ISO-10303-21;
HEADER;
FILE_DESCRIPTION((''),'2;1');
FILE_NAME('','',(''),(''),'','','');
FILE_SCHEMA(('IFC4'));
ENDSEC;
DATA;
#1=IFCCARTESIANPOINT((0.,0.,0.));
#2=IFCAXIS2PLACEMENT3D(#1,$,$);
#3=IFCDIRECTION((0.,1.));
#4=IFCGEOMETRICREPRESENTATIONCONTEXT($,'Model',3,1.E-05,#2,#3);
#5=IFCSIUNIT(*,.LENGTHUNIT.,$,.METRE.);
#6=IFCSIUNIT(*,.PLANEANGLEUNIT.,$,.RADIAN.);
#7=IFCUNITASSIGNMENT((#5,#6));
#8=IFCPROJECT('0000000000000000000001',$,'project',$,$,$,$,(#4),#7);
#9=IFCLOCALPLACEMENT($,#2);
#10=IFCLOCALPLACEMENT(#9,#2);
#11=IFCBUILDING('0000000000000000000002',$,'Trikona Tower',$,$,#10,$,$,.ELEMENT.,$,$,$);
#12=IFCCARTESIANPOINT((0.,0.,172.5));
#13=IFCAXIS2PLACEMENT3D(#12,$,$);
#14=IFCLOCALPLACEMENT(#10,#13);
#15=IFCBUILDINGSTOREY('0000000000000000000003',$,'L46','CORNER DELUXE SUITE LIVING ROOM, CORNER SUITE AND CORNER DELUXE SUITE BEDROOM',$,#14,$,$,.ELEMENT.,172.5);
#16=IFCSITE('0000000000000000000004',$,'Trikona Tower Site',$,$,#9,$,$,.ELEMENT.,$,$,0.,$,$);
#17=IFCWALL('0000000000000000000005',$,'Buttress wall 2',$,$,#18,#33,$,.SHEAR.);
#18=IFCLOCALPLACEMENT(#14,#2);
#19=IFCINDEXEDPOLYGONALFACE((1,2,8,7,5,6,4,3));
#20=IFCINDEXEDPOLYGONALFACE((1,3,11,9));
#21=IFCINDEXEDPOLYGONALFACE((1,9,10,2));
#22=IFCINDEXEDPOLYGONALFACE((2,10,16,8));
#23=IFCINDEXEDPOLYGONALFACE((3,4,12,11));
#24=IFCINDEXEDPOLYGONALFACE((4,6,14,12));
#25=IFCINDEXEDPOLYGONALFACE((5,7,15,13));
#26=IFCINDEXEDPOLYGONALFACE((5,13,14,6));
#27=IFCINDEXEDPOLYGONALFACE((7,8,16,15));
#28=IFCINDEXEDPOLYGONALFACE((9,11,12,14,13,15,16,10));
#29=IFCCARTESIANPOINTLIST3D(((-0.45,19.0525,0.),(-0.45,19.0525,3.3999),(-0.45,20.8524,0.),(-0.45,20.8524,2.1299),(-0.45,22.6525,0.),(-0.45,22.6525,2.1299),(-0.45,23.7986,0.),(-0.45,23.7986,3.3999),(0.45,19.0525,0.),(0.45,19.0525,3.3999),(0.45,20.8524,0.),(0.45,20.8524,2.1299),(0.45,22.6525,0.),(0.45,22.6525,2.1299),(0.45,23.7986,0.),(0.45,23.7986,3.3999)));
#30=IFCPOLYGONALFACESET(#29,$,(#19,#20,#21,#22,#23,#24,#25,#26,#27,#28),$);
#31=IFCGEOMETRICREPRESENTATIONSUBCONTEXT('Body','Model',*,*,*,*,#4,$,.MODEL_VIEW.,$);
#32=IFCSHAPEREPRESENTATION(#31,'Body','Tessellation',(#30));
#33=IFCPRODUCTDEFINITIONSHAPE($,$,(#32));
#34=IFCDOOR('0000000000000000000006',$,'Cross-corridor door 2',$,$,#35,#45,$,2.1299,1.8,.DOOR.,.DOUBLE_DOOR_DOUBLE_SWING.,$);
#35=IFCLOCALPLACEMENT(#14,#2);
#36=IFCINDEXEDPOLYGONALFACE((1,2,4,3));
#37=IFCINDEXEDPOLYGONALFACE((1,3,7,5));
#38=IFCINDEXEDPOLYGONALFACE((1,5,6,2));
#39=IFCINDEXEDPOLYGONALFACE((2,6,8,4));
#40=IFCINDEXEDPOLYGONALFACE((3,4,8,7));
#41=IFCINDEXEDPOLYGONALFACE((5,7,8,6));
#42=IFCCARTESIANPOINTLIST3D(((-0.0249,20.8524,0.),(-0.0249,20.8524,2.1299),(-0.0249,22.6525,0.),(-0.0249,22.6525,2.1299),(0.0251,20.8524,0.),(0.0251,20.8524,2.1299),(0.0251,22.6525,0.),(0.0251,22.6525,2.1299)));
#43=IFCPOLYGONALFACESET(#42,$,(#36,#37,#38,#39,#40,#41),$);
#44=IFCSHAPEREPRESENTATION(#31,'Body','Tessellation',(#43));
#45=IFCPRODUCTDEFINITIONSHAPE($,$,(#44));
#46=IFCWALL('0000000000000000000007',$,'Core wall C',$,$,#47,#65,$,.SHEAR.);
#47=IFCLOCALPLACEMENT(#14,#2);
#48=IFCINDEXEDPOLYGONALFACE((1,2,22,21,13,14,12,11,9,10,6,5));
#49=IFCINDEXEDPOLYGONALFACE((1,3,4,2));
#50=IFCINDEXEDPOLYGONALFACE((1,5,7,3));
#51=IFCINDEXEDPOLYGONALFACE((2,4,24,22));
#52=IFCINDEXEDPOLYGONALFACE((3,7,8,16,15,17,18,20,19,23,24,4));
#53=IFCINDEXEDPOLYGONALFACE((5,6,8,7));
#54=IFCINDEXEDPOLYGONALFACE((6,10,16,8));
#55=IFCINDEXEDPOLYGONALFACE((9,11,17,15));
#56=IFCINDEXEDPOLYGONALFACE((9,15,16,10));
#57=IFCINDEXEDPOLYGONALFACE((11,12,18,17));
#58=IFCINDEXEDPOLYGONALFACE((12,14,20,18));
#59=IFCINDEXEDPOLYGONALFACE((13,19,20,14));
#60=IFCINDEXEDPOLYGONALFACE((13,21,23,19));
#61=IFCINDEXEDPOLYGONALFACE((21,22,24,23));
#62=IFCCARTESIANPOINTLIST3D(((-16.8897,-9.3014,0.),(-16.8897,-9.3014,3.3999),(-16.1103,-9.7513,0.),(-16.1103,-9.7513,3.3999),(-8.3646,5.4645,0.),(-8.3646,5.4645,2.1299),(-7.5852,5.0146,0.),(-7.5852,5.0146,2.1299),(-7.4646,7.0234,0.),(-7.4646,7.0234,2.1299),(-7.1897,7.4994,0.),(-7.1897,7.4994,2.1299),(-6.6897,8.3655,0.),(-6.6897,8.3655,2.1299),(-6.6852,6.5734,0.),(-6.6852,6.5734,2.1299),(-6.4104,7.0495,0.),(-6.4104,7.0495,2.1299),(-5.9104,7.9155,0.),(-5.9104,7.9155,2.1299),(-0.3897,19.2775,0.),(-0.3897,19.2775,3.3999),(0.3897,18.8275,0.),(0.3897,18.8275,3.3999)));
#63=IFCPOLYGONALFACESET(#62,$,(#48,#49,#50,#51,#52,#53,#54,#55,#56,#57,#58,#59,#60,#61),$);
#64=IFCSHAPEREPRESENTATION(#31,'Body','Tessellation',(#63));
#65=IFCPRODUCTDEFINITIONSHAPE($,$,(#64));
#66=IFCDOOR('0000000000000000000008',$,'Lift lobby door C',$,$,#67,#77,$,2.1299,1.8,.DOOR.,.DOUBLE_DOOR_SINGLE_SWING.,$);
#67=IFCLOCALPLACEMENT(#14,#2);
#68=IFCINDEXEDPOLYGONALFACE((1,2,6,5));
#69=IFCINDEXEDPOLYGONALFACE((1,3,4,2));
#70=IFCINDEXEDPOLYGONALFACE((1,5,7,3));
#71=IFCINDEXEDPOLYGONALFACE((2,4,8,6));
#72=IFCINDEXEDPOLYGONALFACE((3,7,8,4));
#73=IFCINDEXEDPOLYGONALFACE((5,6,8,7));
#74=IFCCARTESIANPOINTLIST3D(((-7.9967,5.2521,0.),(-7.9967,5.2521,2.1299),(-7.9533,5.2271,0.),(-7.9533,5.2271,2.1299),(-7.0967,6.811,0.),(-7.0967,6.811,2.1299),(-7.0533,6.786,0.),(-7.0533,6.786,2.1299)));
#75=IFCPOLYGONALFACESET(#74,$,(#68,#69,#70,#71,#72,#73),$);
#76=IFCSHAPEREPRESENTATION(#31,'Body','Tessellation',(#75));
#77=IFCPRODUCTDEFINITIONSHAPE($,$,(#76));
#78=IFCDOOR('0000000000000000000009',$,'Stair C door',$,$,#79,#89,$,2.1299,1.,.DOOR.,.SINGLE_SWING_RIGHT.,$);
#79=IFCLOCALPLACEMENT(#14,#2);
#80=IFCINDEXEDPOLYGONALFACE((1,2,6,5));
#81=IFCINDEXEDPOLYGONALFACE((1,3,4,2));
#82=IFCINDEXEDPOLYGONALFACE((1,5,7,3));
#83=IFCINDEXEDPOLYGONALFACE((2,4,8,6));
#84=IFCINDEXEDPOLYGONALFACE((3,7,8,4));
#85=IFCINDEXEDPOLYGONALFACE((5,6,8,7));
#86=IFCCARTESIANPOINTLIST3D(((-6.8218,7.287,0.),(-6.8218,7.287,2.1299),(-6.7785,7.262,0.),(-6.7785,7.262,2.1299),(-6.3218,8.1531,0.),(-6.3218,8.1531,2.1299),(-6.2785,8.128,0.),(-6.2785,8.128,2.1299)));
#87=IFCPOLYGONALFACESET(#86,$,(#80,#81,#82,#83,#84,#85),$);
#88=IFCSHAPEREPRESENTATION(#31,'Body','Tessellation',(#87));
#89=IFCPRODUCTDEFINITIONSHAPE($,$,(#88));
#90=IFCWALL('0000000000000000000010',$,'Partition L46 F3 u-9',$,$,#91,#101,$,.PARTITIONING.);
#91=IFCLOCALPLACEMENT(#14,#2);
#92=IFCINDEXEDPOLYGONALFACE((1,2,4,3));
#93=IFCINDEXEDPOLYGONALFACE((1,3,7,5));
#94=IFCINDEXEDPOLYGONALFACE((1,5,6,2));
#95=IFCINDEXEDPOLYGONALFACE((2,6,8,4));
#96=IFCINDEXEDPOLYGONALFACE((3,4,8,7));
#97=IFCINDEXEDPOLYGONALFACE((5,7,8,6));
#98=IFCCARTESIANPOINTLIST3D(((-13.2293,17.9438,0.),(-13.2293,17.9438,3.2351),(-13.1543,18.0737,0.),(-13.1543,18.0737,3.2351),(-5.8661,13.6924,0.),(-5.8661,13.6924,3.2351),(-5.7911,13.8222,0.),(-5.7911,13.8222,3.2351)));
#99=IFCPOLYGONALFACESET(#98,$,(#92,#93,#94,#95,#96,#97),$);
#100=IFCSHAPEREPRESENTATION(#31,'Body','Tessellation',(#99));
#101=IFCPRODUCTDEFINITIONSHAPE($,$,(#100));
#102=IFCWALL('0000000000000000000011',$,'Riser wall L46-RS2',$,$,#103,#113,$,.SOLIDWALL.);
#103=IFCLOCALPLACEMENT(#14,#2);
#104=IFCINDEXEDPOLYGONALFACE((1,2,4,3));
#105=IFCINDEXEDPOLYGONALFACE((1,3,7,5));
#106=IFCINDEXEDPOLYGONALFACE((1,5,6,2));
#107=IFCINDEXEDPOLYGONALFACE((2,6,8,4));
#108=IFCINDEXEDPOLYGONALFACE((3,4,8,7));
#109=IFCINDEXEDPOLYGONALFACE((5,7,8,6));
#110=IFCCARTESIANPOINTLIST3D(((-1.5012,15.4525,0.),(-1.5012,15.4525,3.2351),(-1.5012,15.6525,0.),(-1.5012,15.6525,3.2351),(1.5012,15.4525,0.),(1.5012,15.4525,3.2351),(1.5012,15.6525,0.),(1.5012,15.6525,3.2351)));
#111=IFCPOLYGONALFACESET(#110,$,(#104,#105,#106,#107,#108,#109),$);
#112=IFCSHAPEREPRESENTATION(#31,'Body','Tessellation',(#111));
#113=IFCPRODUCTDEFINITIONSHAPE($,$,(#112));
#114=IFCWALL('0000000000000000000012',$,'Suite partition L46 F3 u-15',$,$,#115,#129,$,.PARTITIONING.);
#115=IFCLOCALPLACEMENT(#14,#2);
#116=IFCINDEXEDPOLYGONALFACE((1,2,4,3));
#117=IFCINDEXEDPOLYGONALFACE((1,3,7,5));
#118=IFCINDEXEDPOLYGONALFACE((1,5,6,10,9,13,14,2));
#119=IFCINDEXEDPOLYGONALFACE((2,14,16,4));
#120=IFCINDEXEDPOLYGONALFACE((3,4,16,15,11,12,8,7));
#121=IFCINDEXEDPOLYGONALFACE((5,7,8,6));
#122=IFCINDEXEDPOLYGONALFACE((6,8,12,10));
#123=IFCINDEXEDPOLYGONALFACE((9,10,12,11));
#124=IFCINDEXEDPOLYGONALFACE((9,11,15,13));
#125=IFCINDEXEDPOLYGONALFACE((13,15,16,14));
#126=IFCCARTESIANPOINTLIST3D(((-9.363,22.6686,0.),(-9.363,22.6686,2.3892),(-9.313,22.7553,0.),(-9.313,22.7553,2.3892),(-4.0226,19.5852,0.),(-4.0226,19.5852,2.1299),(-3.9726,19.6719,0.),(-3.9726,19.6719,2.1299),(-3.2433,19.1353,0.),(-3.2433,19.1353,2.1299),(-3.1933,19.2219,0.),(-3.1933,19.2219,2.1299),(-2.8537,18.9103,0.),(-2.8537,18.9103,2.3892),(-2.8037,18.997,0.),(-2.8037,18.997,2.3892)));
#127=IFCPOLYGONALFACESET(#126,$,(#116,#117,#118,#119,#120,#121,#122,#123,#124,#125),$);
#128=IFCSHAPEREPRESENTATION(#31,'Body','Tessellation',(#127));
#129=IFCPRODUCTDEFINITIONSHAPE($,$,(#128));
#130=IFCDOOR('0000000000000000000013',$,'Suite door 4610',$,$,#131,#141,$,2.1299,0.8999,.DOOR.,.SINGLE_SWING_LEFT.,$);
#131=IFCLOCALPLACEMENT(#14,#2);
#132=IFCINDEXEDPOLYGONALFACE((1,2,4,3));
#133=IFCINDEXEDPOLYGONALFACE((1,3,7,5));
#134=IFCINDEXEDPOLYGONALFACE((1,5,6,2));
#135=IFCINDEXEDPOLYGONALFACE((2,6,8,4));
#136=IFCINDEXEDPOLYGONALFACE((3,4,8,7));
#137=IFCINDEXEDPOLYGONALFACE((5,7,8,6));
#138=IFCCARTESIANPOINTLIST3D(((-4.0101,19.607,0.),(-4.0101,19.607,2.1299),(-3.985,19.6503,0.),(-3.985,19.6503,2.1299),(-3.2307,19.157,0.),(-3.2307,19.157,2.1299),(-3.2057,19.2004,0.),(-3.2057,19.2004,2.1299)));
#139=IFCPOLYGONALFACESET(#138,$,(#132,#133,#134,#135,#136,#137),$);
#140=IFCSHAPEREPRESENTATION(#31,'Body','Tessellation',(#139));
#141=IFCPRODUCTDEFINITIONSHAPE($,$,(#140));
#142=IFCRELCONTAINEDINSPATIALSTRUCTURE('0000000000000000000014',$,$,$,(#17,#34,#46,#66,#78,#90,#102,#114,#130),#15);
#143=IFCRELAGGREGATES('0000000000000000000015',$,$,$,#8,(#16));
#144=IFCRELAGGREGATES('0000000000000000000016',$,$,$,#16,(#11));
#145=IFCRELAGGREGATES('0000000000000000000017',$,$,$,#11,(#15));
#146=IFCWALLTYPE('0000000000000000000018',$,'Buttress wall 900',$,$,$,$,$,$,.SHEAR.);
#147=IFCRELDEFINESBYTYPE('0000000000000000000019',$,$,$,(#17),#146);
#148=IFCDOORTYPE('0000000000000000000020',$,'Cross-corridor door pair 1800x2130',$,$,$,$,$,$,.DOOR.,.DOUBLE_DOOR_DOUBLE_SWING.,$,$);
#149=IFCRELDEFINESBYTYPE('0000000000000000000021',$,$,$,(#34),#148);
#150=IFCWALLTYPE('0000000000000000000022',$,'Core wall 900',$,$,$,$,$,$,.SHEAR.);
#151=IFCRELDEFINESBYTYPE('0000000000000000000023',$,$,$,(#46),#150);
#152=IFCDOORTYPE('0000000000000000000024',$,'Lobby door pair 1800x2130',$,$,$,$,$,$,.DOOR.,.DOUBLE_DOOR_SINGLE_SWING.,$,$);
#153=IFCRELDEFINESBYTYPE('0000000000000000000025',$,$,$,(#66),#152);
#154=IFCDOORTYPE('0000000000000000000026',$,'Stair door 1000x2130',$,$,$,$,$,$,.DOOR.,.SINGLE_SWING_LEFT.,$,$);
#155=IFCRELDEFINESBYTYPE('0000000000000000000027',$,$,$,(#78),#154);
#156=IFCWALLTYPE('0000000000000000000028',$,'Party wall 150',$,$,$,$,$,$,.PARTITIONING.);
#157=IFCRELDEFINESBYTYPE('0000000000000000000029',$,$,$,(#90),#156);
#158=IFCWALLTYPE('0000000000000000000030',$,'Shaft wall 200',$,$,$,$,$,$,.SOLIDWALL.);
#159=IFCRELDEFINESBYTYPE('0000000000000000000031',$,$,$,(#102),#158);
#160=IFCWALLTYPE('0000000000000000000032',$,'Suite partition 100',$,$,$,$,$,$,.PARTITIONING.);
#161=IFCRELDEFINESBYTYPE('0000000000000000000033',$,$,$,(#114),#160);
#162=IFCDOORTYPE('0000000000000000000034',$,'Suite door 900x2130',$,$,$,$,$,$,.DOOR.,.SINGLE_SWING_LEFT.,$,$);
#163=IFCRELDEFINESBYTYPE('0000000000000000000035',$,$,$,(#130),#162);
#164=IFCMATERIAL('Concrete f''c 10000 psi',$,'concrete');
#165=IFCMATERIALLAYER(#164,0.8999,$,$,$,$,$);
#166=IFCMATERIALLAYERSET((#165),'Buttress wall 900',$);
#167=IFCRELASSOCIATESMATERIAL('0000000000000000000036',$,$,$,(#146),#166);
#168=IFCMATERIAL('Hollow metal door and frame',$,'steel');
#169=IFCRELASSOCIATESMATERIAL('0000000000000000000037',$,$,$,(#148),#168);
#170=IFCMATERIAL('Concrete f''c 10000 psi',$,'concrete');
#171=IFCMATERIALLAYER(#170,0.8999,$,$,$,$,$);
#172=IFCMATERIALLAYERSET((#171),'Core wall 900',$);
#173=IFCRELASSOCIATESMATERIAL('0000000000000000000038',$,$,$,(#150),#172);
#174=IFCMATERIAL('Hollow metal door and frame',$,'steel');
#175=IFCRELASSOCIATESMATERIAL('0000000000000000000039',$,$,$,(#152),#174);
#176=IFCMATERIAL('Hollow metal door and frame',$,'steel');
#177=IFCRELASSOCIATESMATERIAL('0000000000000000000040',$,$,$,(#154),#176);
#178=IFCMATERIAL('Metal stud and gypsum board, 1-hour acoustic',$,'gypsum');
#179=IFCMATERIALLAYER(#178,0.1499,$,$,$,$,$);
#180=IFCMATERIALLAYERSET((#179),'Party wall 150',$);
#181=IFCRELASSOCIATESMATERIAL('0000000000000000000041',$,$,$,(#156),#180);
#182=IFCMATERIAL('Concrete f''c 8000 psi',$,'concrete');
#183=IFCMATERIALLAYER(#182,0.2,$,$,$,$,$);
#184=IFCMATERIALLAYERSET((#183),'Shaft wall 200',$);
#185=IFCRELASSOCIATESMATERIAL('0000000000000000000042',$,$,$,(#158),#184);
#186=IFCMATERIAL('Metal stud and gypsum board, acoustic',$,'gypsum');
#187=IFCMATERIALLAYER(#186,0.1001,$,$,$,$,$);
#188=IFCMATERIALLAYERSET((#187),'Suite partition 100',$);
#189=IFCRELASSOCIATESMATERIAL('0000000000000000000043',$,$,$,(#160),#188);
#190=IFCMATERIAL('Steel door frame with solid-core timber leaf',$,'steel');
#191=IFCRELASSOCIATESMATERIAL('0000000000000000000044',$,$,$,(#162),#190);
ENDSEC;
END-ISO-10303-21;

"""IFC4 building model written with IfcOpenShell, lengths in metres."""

from ifc_helpers import new_model, si_unit, direction, frame, frame_2d, origin, place, context, subcontext, project, spatial, rectangle, extrude, material, layer, layer_set, type_object, element, fill, save


model = new_model("IFC4")

# Units and contexts
model_context = context("Model", 3, precision=1e-05, world=origin(), true_north=direction((0.0, 1.0)))
body_context = subcontext(model_context, "Body", "Model", "MODEL_VIEW")
ifc_project = project(units=[si_unit("LENGTHUNIT", "METRE"), si_unit("PLANEANGLEUNIT", "RADIAN")], contexts=[model_context])

# Site, building, storey
site_placement = place(None, origin())
site = spatial("IfcSite", under=ifc_project, at=site_placement, Name="Trikona Tower Site", CompositionType="ELEMENT", RefElevation=0.0)
building_placement = place(site_placement, origin())
building = spatial("IfcBuilding", under=site, at=building_placement, Name="Trikona Tower", CompositionType="ELEMENT")
storey_placement = place(building_placement, frame((0.0, 0.0, 172.5)))
storey = spatial("IfcBuildingStorey", under=building, at=storey_placement, Name="L46", Description="CORNER DELUXE SUITE LIVING ROOM, CORNER SUITE AND CORNER DELUXE SUITE BEDROOM", CompositionType="ELEMENT", Elevation=172.5)

# Wall, opening, door
ifc_material_1 = material(Name="Concrete f'c 10000 psi", Category="concrete")
ifc_layer_1 = layer(ifc_material_1, 0.8999)
ifc_layer_set_1 = layer_set([ifc_layer_1], Name="Buttress wall 900")
wall_type_1 = type_object("IfcWallType", Name="Buttress wall 900", PredefinedType="SHEAR", material=ifc_layer_set_1)
wall_1_placement = place(storey_placement, frame((0.0, 19.0525, 0.0), z_axis=(0.0, 0.0, 1.0), x_axis=(0.0, 1.0, 0.0)))
wall_1 = element("IfcWall", 1, at=wall_1_placement, inside=storey, type_object=wall_type_1, Name="Buttress wall 2", PredefinedType="SHEAR", context=body_context, shape_type="SweptSolid", body=[
    extrude(rectangle(XDim=4.7461, YDim=0.8999, at=frame_2d((2.373, 0.0))), origin(), (0.0, 0.0, 1.0), 3.3999),
])
opening_1_placement = place(wall_1_placement, frame((1.8, 0.0, 0.0)))
opening_1 = element("IfcOpeningElement", 2, at=opening_1_placement, cuts=wall_1, PredefinedType="OPENING", context=body_context, shape_type="SweptSolid", body=[
    extrude(rectangle(XDim=1.8, YDim=2.1299, at=frame_2d((0.8999, 1.0649))), frame((0.0, 0.46, 0.0), z_axis=(0.0, -1.0, 0.0), x_axis=(1.0, 0.0, 0.0)), (0.0, 0.0, 1.0), 0.9199),
])
ifc_material_2 = material(Name="Hollow metal door and frame", Category="steel")
door_type_1 = type_object("IfcDoorType", Name="Cross-corridor door pair 1800x2130", OperationType="DOUBLE_DOOR_DOUBLE_SWING", PredefinedType="DOOR", material=ifc_material_2)
door_1_placement = place(opening_1_placement, origin())
door_1 = element("IfcDoor", 3, at=door_1_placement, inside=storey, type_object=door_type_1, Name="Cross-corridor door 2", OperationType="DOUBLE_DOOR_DOUBLE_SWING", OverallHeight=2.1299, OverallWidth=1.8, PredefinedType="DOOR", context=body_context, shape_type="SweptSolid", body=[
    extrude(rectangle(XDim=1.8, YDim=2.1299, at=frame_2d((0.8999, 1.0649))), frame((0.0, 0.0249, 0.0), z_axis=(0.0, -1.0, 0.0), x_axis=(1.0, 0.0, 0.0)), (0.0, 0.0, 1.0), 0.05),
])
fill(opening_1, door_1)

# Wall, openings, doors
ifc_material_3 = material(Name="Concrete f'c 10000 psi", Category="concrete")
ifc_layer_2 = layer(ifc_material_3, 0.8999)
ifc_layer_set_2 = layer_set([ifc_layer_2], Name="Core wall 900")
wall_type_2 = type_object("IfcWallType", Name="Core wall 900", PredefinedType="SHEAR", material=ifc_layer_set_2)
wall_2_placement = place(storey_placement, frame((0.0, 19.0525, 0.0), z_axis=(0.0, 0.0, 1.0), x_axis=(-0.5, -0.866026, 0.0)))
wall_2 = element("IfcWall", 4, at=wall_2_placement, inside=storey, type_object=wall_type_2, Name="Core wall C", PredefinedType="SHEAR", context=body_context, shape_type="SweptSolid", body=[
    extrude(rectangle(XDim=33.0, YDim=0.8999, at=frame_2d((16.5, 0.0))), origin(), (0.0, 0.0, 1.0), 3.3999),
])
opening_2_placement = place(wall_2_placement, frame((14.1499, 0.0, 0.0)))
opening_2 = element("IfcOpeningElement", 5, at=opening_2_placement, cuts=wall_2, PredefinedType="OPENING", context=body_context, shape_type="SweptSolid", body=[
    extrude(rectangle(XDim=1.8, YDim=2.1299, at=frame_2d((0.8999, 1.0649))), frame((0.0, 0.46, 0.0), z_axis=(0.0, -1.0, 0.0), x_axis=(1.0, 0.0, 0.0)), (0.0, 0.0, 1.0), 0.9199),
])
opening_3_placement = place(wall_2_placement, frame((12.6001, 0.0, 0.0)))
opening_3 = element("IfcOpeningElement", 6, at=opening_3_placement, cuts=wall_2, PredefinedType="OPENING", context=body_context, shape_type="SweptSolid", body=[
    extrude(rectangle(XDim=1.0, YDim=2.1299, at=frame_2d((0.5, 1.0649))), frame((0.0, 0.46, 0.0), z_axis=(0.0, -1.0, 0.0), x_axis=(1.0, 0.0, 0.0)), (0.0, 0.0, 1.0), 0.9199),
])
ifc_material_4 = material(Name="Hollow metal door and frame", Category="steel")
door_type_2 = type_object("IfcDoorType", Name="Lobby door pair 1800x2130", OperationType="DOUBLE_DOOR_SINGLE_SWING", PredefinedType="DOOR", material=ifc_material_4)
door_2_placement = place(opening_2_placement, origin())
door_2 = element("IfcDoor", 7, at=door_2_placement, inside=storey, type_object=door_type_2, Name="Lift lobby door C", OperationType="DOUBLE_DOOR_SINGLE_SWING", OverallHeight=2.1299, OverallWidth=1.8, PredefinedType="DOOR", context=body_context, shape_type="SweptSolid", body=[
    extrude(rectangle(XDim=1.8, YDim=2.1299, at=frame_2d((0.8999, 1.0649))), frame((0.0, 0.0249, 0.0), z_axis=(0.0, -1.0, 0.0), x_axis=(1.0, 0.0, 0.0)), (0.0, 0.0, 1.0), 0.05),
])
fill(opening_2, door_2)
ifc_material_5 = material(Name="Hollow metal door and frame", Category="steel")
door_type_3 = type_object("IfcDoorType", Name="Stair door 1000x2130", OperationType="SINGLE_SWING_LEFT", PredefinedType="DOOR", material=ifc_material_5)
door_3_placement = place(opening_3_placement, origin())
door_3 = element("IfcDoor", 8, at=door_3_placement, inside=storey, type_object=door_type_3, Name="Stair C door", OperationType="SINGLE_SWING_RIGHT", OverallHeight=2.1299, OverallWidth=1.0, PredefinedType="DOOR", context=body_context, shape_type="SweptSolid", body=[
    extrude(rectangle(XDim=1.0, YDim=2.1299, at=frame_2d((0.5, 1.0649))), frame((0.0, 0.0249, 0.0), z_axis=(0.0, -1.0, 0.0), x_axis=(1.0, 0.0, 0.0)), (0.0, 0.0, 1.0), 0.05),
])
fill(opening_3, door_3)

# Walls
ifc_material_6 = material(Name="Metal stud and gypsum board, 1-hour acoustic", Category="gypsum")
ifc_layer_3 = layer(ifc_material_6, 0.1499)
ifc_layer_set_3 = layer_set([ifc_layer_3], Name="Party wall 150")
wall_type_3 = type_object("IfcWallType", Name="Party wall 150", PredefinedType="PARTITIONING", material=ifc_layer_set_3)
wall_3_placement = place(storey_placement, frame((-5.8286, 13.7573, 0.0), z_axis=(0.0, 0.0, 1.0), x_axis=(-0.866012, 0.500024, 0.0)))
element("IfcWall", 9, at=wall_3_placement, inside=storey, type_object=wall_type_3, Name="Partition L46 F3 u-9", PredefinedType="PARTITIONING", context=body_context, shape_type="SweptSolid", body=[
    extrude(rectangle(XDim=8.5024, YDim=0.1499, at=frame_2d((4.2512, 0.0))), origin(), (0.0, 0.0, 1.0), 3.2351),
])
ifc_material_7 = material(Name="Concrete f'c 8000 psi", Category="concrete")
ifc_layer_4 = layer(ifc_material_7, 0.2)
ifc_layer_set_4 = layer_set([ifc_layer_4], Name="Shaft wall 200")
wall_type_4 = type_object("IfcWallType", Name="Shaft wall 200", PredefinedType="SOLIDWALL", material=ifc_layer_set_4)
wall_4_placement = place(storey_placement, frame((-1.5012, 15.5525, 0.0), z_axis=(0.0, 0.0, 1.0), x_axis=(1.0, 0.0, 0.0)))
element("IfcWall", 10, at=wall_4_placement, inside=storey, type_object=wall_type_4, Name="Riser wall L46-RS2", PredefinedType="SOLIDWALL", context=body_context, shape_type="SweptSolid", body=[
    extrude(rectangle(XDim=3.0024, YDim=0.2, at=frame_2d((1.5012, 0.0))), origin(), (0.0, 0.0, 1.0), 3.2351),
])

# Wall, opening, door
ifc_material_8 = material(Name="Metal stud and gypsum board, acoustic", Category="gypsum")
ifc_layer_5 = layer(ifc_material_8, 0.1001)
ifc_layer_set_5 = layer_set([ifc_layer_5], Name="Suite partition 100")
wall_type_5 = type_object("IfcWallType", Name="Suite partition 100", PredefinedType="PARTITIONING", material=ifc_layer_set_5)
wall_5_placement = place(storey_placement, frame((-2.8286, 18.9536, 0.0), z_axis=(0.0, 0.0, 1.0), x_axis=(-0.866016, 0.500017, 0.0)))
wall_5 = element("IfcWall", 11, at=wall_5_placement, inside=storey, type_object=wall_type_5, Name="Suite partition L46 F3 u-15", PredefinedType="PARTITIONING", context=body_context, shape_type="SweptSolid", body=[
    extrude(rectangle(XDim=7.5164, YDim=0.1001, at=frame_2d((3.7583, 0.0))), origin(), (0.0, 0.0, 1.0), 2.3892),
])
opening_4_placement = place(wall_5_placement, frame((0.45, 0.0, 0.0)))
opening_4 = element("IfcOpeningElement", 12, at=opening_4_placement, cuts=wall_5, PredefinedType="OPENING", context=body_context, shape_type="SweptSolid", body=[
    extrude(rectangle(XDim=0.8999, YDim=2.1299, at=frame_2d((0.45, 1.0649))), frame((0.0, 0.0601, 0.0), z_axis=(0.0, -1.0, 0.0), x_axis=(1.0, 0.0, 0.0)), (0.0, 0.0, 1.0), 0.1201),
])
ifc_material_9 = material(Name="Steel door frame with solid-core timber leaf", Category="steel")
door_type_4 = type_object("IfcDoorType", Name="Suite door 900x2130", OperationType="SINGLE_SWING_LEFT", PredefinedType="DOOR", material=ifc_material_9)
door_4_placement = place(opening_4_placement, origin())
door_4 = element("IfcDoor", 13, at=door_4_placement, inside=storey, type_object=door_type_4, Name="Suite door 4610", OperationType="SINGLE_SWING_LEFT", OverallHeight=2.1299, OverallWidth=0.8999, PredefinedType="DOOR", context=body_context, shape_type="SweptSolid", body=[
    extrude(rectangle(XDim=0.8999, YDim=2.1299, at=frame_2d((0.45, 1.0649))), frame((0.0, 0.0249, 0.0), z_axis=(0.0, -1.0, 0.0), x_axis=(1.0, 0.0, 0.0)), (0.0, 0.0, 1.0), 0.05),
])
fill(opening_4, door_4)

save(model, "model.ifc")
